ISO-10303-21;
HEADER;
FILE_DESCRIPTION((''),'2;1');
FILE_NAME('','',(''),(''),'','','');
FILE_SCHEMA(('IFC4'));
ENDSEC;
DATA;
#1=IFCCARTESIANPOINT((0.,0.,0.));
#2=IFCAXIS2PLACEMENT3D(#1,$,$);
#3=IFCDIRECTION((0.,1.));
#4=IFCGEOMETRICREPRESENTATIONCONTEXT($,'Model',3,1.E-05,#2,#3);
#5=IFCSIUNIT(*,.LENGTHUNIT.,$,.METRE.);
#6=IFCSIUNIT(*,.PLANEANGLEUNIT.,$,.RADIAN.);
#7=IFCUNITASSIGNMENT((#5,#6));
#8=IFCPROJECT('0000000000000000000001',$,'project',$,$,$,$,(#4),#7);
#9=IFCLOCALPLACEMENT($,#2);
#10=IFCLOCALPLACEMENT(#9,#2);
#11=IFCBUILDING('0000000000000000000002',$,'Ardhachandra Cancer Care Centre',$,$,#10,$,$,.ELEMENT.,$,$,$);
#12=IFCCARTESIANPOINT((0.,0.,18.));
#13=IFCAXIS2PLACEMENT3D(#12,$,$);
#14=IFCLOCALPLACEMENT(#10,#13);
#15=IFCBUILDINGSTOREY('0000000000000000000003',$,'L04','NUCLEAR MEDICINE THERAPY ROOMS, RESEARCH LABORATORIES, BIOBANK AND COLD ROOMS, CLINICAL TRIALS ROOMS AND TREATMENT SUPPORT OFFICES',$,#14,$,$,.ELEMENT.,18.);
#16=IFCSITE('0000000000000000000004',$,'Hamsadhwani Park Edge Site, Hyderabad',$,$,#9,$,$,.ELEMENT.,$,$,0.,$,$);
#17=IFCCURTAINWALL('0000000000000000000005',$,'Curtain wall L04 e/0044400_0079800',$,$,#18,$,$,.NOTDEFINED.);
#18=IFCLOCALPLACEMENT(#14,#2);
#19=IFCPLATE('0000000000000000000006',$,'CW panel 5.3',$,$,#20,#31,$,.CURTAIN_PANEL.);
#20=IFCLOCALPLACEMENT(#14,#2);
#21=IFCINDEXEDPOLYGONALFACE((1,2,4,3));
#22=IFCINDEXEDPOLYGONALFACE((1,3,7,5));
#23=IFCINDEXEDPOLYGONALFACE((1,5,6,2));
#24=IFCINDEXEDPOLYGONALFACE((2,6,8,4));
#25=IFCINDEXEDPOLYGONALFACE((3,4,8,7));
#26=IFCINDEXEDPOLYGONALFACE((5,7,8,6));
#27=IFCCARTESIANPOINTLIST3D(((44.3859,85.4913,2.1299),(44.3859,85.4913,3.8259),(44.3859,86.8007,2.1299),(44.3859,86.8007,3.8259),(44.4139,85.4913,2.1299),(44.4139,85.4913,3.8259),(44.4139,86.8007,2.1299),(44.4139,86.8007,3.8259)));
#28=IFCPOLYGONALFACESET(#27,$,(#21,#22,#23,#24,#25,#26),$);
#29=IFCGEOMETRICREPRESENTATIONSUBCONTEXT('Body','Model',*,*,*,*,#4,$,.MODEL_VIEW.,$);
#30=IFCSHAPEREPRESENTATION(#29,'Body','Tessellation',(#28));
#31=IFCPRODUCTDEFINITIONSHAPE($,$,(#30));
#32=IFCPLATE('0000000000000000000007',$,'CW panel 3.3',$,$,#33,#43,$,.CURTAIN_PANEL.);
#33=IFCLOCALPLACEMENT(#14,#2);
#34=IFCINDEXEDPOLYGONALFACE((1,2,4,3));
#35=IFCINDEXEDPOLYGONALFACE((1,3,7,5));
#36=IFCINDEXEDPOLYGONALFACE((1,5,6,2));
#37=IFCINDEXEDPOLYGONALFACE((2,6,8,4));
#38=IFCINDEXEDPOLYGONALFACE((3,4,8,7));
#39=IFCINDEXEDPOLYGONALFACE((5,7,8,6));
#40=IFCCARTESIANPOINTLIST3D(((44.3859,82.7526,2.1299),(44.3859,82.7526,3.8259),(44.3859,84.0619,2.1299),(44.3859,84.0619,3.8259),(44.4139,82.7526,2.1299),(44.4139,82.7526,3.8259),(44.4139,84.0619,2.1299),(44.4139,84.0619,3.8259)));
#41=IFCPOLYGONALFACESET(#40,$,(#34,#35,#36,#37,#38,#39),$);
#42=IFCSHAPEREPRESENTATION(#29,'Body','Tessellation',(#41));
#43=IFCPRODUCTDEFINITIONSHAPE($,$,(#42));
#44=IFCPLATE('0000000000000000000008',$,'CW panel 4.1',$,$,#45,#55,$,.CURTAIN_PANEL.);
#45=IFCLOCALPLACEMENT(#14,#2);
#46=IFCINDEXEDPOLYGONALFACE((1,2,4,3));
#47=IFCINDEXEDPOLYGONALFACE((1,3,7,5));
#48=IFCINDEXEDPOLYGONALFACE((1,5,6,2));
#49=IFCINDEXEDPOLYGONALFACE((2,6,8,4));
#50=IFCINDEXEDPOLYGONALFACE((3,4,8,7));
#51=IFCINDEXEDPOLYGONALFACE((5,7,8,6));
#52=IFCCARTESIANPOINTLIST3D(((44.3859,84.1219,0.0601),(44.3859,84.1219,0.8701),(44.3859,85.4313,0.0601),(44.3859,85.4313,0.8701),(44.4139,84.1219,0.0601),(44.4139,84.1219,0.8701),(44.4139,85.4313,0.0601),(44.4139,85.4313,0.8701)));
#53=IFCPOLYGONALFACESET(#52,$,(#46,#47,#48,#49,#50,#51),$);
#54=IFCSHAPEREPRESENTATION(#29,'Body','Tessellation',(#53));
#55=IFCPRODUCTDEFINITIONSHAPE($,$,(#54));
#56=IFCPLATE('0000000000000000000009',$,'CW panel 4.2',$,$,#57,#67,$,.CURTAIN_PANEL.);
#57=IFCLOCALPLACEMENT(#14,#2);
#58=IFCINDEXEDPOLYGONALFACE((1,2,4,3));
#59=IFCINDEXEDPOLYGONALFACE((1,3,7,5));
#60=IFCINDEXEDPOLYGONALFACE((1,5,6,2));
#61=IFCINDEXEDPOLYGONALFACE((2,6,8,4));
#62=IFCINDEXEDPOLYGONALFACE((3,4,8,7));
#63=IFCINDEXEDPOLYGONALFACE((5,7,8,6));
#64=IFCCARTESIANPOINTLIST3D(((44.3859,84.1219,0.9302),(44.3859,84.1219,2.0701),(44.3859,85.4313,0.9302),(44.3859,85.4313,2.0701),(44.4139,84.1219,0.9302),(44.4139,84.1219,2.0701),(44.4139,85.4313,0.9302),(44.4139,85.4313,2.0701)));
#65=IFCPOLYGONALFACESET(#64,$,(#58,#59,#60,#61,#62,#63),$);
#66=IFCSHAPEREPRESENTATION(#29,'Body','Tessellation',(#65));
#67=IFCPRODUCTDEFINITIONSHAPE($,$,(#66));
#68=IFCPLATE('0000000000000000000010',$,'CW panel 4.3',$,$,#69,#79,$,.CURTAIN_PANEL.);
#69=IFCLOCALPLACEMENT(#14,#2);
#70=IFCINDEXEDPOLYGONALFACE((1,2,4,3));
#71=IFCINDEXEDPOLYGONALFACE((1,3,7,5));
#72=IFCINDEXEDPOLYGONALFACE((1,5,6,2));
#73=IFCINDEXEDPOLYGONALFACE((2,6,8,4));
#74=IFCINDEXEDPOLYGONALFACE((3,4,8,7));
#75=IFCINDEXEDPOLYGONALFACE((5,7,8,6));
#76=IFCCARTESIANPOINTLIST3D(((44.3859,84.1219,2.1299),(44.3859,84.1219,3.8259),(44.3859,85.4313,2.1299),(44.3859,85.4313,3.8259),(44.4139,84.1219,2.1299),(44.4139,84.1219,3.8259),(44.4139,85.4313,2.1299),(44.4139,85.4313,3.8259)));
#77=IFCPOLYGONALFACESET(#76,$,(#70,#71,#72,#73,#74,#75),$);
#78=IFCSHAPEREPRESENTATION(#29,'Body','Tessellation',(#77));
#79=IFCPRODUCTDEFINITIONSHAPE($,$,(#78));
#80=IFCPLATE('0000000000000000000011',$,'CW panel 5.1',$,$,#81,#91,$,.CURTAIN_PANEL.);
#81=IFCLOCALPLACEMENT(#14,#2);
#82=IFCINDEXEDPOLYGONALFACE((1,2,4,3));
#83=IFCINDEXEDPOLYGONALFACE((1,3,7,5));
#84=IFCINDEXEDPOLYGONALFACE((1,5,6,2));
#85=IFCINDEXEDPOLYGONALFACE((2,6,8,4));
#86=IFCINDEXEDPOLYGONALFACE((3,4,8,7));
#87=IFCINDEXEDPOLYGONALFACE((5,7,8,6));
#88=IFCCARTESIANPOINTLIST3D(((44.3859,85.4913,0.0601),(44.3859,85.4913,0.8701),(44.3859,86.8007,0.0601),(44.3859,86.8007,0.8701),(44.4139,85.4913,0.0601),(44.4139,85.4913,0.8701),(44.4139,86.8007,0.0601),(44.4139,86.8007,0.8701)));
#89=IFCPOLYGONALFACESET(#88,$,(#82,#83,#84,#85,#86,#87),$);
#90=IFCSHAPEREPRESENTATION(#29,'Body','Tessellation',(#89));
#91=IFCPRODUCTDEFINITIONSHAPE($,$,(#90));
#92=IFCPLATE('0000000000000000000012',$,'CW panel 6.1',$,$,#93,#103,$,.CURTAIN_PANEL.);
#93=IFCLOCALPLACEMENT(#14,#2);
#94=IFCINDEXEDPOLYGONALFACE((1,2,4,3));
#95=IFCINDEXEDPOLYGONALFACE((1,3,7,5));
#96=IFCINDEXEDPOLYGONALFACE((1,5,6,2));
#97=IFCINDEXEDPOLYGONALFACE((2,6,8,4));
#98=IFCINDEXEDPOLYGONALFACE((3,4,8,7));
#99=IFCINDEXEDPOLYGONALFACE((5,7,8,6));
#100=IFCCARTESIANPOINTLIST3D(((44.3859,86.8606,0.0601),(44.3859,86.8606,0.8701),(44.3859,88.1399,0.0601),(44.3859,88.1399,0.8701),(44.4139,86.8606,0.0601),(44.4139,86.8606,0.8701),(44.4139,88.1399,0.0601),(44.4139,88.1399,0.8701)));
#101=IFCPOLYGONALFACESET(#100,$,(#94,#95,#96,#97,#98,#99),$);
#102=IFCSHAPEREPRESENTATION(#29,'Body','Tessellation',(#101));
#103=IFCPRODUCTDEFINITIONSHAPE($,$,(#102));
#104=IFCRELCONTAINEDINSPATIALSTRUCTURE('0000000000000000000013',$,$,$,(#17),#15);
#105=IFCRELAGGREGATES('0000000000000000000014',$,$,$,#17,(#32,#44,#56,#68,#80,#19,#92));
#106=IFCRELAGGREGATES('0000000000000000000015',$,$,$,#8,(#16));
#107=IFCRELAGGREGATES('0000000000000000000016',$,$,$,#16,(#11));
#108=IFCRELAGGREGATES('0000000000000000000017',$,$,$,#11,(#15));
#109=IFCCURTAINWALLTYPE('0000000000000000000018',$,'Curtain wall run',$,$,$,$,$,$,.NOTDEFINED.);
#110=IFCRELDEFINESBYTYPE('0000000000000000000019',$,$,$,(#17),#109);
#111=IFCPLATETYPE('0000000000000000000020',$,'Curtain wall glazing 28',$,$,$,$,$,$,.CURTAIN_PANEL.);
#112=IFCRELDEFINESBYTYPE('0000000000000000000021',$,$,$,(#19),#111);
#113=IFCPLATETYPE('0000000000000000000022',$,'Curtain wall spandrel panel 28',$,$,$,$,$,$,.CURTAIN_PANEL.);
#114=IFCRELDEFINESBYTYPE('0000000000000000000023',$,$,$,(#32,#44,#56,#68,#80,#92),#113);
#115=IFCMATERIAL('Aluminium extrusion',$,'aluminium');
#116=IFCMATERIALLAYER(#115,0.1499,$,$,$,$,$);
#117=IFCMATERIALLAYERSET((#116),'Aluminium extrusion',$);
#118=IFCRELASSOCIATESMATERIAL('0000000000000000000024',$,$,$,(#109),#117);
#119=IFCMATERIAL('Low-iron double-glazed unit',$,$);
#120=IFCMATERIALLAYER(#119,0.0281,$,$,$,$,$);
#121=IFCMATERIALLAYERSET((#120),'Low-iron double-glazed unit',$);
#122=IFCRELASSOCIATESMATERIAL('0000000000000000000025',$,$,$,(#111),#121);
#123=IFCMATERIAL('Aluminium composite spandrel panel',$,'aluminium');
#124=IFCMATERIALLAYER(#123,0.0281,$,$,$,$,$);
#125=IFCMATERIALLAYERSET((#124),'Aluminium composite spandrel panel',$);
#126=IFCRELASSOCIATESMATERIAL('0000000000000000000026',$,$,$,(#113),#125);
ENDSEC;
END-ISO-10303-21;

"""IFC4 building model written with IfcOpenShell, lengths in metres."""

from ifc_helpers import new_model, si_unit, direction, frame, origin, origin_2d, place, context, subcontext, project, spatial, rectangle, extrude, material, layer, layer_set, type_object, element, aggregate, save


model = new_model("IFC4")

# Units and contexts
model_context = context("Model", 3, precision=1e-05, world=origin(), true_north=direction((0.0, 1.0)))
body_context = subcontext(model_context, "Body", "Model", "MODEL_VIEW")
ifc_project = project(units=[si_unit("LENGTHUNIT", "METRE"), si_unit("PLANEANGLEUNIT", "RADIAN")], contexts=[model_context])

# Site, building, storey
site_placement = place(None, origin())
site = spatial("IfcSite", under=ifc_project, at=site_placement, Name="Hamsadhwani Park Edge Site, Hyderabad", CompositionType="ELEMENT", RefElevation=0.0)
building_placement = place(site_placement, origin())
building = spatial("IfcBuilding", under=site, at=building_placement, Name="Ardhachandra Cancer Care Centre", CompositionType="ELEMENT")
storey_placement = place(building_placement, frame((0.0, 0.0, 18.0)))
storey = spatial("IfcBuildingStorey", under=building, at=storey_placement, Name="L04", Description="NUCLEAR MEDICINE THERAPY ROOMS, RESEARCH LABORATORIES, BIOBANK AND COLD ROOMS, CLINICAL TRIALS ROOMS AND TREATMENT SUPPORT OFFICES", CompositionType="ELEMENT", Elevation=18.0)

# Curtain wall, plates
ifc_material_1 = material(Name="Aluminium extrusion", Category="aluminium")
ifc_layer_1 = layer(ifc_material_1, 0.1499)
ifc_layer_set_1 = layer_set([ifc_layer_1], Name="Aluminium extrusion")
curtain_wall_type = type_object("IfcCurtainWallType", Name="Curtain wall run", PredefinedType="NOTDEFINED", material=ifc_layer_set_1)
curtain_wall_placement = place(storey_placement, origin())
curtain_wall = element("IfcCurtainWall", 1, at=curtain_wall_placement, inside=storey, type_object=curtain_wall_type, Name="Curtain wall L04 e/0044400_0079800", PredefinedType="NOTDEFINED")
ifc_material_2 = material(Name="Low-iron double-glazed unit")
ifc_layer_2 = layer(ifc_material_2, 0.0281)
ifc_layer_set_2 = layer_set([ifc_layer_2], Name="Low-iron double-glazed unit")
plate_type_1 = type_object("IfcPlateType", Name="Curtain wall glazing 28", PredefinedType="CURTAIN_PANEL", material=ifc_layer_set_2)
plate_1_placement = place(storey_placement, frame((44.3999, 86.146, 2.1299), z_axis=(0.0, 0.0, 1.0), x_axis=(0.0, 1.0, 0.0)))
plate_1 = element("IfcPlate", 2, at=plate_1_placement, type_object=plate_type_1, Name="CW panel 5.3", PredefinedType="CURTAIN_PANEL", context=body_context, shape_type="SweptSolid", body=[
    extrude(rectangle(XDim=1.3093, YDim=0.0281, at=origin_2d()), origin(), (0.0, 0.0, 1.0), 1.696),
])
ifc_material_3 = material(Name="Aluminium composite spandrel panel", Category="aluminium")
ifc_layer_3 = layer(ifc_material_3, 0.0281)
ifc_layer_set_3 = layer_set([ifc_layer_3], Name="Aluminium composite spandrel panel")
plate_type_2 = type_object("IfcPlateType", Name="Curtain wall spandrel panel 28", PredefinedType="CURTAIN_PANEL", material=ifc_layer_set_3)
plate_2_placement = place(storey_placement, frame((44.3999, 83.4072, 2.1299), z_axis=(0.0, 0.0, 1.0), x_axis=(0.0, 1.0, 0.0)))
plate_2 = element("IfcPlate", 3, at=plate_2_placement, type_object=plate_type_2, Name="CW panel 3.3", PredefinedType="CURTAIN_PANEL", context=body_context, shape_type="SweptSolid", body=[
    extrude(rectangle(XDim=1.3093, YDim=0.0281, at=origin_2d()), origin(), (0.0, 0.0, 1.0), 1.696),
])
plate_3_placement = place(storey_placement, frame((44.3999, 84.7766, 0.0601), z_axis=(0.0, 0.0, 1.0), x_axis=(0.0, 1.0, 0.0)))
plate_3 = element("IfcPlate", 4, at=plate_3_placement, type_object=plate_type_2, Name="CW panel 4.1", PredefinedType="CURTAIN_PANEL", context=body_context, shape_type="SweptSolid", body=[
    extrude(rectangle(XDim=1.3093, YDim=0.0281, at=origin_2d()), origin(), (0.0, 0.0, 1.0), 0.8101),
])
plate_4_placement = place(storey_placement, frame((44.3999, 84.7766, 0.9302), z_axis=(0.0, 0.0, 1.0), x_axis=(0.0, 1.0, 0.0)))
plate_4 = element("IfcPlate", 5, at=plate_4_placement, type_object=plate_type_2, Name="CW panel 4.2", PredefinedType="CURTAIN_PANEL", context=body_context, shape_type="SweptSolid", body=[
    extrude(rectangle(XDim=1.3093, YDim=0.0281, at=origin_2d()), origin(), (0.0, 0.0, 1.0), 1.1399),
])
plate_5_placement = place(storey_placement, frame((44.3999, 84.7766, 2.1299), z_axis=(0.0, 0.0, 1.0), x_axis=(0.0, 1.0, 0.0)))
plate_5 = element("IfcPlate", 6, at=plate_5_placement, type_object=plate_type_2, Name="CW panel 4.3", PredefinedType="CURTAIN_PANEL", context=body_context, shape_type="SweptSolid", body=[
    extrude(rectangle(XDim=1.3093, YDim=0.0281, at=origin_2d()), origin(), (0.0, 0.0, 1.0), 1.696),
])
plate_6_placement = place(storey_placement, frame((44.3999, 86.146, 0.0601), z_axis=(0.0, 0.0, 1.0), x_axis=(0.0, 1.0, 0.0)))
plate_6 = element("IfcPlate", 7, at=plate_6_placement, type_object=plate_type_2, Name="CW panel 5.1", PredefinedType="CURTAIN_PANEL", context=body_context, shape_type="SweptSolid", body=[
    extrude(rectangle(XDim=1.3093, YDim=0.0281, at=origin_2d()), origin(), (0.0, 0.0, 1.0), 0.8101),
])
plate_7_placement = place(storey_placement, frame((44.3999, 87.5002, 0.0601), z_axis=(0.0, 0.0, 1.0), x_axis=(0.0, 1.0, 0.0)))
plate_7 = element("IfcPlate", 8, at=plate_7_placement, type_object=plate_type_2, Name="CW panel 6.1", PredefinedType="CURTAIN_PANEL", context=body_context, shape_type="SweptSolid", body=[
    extrude(rectangle(XDim=1.2793, YDim=0.0281, at=origin_2d()), origin(), (0.0, 0.0, 1.0), 0.8101),
])
aggregate(curtain_wall, [plate_2, plate_3, plate_4, plate_5, plate_6, plate_1, plate_7])

save(model, "model.ifc")
